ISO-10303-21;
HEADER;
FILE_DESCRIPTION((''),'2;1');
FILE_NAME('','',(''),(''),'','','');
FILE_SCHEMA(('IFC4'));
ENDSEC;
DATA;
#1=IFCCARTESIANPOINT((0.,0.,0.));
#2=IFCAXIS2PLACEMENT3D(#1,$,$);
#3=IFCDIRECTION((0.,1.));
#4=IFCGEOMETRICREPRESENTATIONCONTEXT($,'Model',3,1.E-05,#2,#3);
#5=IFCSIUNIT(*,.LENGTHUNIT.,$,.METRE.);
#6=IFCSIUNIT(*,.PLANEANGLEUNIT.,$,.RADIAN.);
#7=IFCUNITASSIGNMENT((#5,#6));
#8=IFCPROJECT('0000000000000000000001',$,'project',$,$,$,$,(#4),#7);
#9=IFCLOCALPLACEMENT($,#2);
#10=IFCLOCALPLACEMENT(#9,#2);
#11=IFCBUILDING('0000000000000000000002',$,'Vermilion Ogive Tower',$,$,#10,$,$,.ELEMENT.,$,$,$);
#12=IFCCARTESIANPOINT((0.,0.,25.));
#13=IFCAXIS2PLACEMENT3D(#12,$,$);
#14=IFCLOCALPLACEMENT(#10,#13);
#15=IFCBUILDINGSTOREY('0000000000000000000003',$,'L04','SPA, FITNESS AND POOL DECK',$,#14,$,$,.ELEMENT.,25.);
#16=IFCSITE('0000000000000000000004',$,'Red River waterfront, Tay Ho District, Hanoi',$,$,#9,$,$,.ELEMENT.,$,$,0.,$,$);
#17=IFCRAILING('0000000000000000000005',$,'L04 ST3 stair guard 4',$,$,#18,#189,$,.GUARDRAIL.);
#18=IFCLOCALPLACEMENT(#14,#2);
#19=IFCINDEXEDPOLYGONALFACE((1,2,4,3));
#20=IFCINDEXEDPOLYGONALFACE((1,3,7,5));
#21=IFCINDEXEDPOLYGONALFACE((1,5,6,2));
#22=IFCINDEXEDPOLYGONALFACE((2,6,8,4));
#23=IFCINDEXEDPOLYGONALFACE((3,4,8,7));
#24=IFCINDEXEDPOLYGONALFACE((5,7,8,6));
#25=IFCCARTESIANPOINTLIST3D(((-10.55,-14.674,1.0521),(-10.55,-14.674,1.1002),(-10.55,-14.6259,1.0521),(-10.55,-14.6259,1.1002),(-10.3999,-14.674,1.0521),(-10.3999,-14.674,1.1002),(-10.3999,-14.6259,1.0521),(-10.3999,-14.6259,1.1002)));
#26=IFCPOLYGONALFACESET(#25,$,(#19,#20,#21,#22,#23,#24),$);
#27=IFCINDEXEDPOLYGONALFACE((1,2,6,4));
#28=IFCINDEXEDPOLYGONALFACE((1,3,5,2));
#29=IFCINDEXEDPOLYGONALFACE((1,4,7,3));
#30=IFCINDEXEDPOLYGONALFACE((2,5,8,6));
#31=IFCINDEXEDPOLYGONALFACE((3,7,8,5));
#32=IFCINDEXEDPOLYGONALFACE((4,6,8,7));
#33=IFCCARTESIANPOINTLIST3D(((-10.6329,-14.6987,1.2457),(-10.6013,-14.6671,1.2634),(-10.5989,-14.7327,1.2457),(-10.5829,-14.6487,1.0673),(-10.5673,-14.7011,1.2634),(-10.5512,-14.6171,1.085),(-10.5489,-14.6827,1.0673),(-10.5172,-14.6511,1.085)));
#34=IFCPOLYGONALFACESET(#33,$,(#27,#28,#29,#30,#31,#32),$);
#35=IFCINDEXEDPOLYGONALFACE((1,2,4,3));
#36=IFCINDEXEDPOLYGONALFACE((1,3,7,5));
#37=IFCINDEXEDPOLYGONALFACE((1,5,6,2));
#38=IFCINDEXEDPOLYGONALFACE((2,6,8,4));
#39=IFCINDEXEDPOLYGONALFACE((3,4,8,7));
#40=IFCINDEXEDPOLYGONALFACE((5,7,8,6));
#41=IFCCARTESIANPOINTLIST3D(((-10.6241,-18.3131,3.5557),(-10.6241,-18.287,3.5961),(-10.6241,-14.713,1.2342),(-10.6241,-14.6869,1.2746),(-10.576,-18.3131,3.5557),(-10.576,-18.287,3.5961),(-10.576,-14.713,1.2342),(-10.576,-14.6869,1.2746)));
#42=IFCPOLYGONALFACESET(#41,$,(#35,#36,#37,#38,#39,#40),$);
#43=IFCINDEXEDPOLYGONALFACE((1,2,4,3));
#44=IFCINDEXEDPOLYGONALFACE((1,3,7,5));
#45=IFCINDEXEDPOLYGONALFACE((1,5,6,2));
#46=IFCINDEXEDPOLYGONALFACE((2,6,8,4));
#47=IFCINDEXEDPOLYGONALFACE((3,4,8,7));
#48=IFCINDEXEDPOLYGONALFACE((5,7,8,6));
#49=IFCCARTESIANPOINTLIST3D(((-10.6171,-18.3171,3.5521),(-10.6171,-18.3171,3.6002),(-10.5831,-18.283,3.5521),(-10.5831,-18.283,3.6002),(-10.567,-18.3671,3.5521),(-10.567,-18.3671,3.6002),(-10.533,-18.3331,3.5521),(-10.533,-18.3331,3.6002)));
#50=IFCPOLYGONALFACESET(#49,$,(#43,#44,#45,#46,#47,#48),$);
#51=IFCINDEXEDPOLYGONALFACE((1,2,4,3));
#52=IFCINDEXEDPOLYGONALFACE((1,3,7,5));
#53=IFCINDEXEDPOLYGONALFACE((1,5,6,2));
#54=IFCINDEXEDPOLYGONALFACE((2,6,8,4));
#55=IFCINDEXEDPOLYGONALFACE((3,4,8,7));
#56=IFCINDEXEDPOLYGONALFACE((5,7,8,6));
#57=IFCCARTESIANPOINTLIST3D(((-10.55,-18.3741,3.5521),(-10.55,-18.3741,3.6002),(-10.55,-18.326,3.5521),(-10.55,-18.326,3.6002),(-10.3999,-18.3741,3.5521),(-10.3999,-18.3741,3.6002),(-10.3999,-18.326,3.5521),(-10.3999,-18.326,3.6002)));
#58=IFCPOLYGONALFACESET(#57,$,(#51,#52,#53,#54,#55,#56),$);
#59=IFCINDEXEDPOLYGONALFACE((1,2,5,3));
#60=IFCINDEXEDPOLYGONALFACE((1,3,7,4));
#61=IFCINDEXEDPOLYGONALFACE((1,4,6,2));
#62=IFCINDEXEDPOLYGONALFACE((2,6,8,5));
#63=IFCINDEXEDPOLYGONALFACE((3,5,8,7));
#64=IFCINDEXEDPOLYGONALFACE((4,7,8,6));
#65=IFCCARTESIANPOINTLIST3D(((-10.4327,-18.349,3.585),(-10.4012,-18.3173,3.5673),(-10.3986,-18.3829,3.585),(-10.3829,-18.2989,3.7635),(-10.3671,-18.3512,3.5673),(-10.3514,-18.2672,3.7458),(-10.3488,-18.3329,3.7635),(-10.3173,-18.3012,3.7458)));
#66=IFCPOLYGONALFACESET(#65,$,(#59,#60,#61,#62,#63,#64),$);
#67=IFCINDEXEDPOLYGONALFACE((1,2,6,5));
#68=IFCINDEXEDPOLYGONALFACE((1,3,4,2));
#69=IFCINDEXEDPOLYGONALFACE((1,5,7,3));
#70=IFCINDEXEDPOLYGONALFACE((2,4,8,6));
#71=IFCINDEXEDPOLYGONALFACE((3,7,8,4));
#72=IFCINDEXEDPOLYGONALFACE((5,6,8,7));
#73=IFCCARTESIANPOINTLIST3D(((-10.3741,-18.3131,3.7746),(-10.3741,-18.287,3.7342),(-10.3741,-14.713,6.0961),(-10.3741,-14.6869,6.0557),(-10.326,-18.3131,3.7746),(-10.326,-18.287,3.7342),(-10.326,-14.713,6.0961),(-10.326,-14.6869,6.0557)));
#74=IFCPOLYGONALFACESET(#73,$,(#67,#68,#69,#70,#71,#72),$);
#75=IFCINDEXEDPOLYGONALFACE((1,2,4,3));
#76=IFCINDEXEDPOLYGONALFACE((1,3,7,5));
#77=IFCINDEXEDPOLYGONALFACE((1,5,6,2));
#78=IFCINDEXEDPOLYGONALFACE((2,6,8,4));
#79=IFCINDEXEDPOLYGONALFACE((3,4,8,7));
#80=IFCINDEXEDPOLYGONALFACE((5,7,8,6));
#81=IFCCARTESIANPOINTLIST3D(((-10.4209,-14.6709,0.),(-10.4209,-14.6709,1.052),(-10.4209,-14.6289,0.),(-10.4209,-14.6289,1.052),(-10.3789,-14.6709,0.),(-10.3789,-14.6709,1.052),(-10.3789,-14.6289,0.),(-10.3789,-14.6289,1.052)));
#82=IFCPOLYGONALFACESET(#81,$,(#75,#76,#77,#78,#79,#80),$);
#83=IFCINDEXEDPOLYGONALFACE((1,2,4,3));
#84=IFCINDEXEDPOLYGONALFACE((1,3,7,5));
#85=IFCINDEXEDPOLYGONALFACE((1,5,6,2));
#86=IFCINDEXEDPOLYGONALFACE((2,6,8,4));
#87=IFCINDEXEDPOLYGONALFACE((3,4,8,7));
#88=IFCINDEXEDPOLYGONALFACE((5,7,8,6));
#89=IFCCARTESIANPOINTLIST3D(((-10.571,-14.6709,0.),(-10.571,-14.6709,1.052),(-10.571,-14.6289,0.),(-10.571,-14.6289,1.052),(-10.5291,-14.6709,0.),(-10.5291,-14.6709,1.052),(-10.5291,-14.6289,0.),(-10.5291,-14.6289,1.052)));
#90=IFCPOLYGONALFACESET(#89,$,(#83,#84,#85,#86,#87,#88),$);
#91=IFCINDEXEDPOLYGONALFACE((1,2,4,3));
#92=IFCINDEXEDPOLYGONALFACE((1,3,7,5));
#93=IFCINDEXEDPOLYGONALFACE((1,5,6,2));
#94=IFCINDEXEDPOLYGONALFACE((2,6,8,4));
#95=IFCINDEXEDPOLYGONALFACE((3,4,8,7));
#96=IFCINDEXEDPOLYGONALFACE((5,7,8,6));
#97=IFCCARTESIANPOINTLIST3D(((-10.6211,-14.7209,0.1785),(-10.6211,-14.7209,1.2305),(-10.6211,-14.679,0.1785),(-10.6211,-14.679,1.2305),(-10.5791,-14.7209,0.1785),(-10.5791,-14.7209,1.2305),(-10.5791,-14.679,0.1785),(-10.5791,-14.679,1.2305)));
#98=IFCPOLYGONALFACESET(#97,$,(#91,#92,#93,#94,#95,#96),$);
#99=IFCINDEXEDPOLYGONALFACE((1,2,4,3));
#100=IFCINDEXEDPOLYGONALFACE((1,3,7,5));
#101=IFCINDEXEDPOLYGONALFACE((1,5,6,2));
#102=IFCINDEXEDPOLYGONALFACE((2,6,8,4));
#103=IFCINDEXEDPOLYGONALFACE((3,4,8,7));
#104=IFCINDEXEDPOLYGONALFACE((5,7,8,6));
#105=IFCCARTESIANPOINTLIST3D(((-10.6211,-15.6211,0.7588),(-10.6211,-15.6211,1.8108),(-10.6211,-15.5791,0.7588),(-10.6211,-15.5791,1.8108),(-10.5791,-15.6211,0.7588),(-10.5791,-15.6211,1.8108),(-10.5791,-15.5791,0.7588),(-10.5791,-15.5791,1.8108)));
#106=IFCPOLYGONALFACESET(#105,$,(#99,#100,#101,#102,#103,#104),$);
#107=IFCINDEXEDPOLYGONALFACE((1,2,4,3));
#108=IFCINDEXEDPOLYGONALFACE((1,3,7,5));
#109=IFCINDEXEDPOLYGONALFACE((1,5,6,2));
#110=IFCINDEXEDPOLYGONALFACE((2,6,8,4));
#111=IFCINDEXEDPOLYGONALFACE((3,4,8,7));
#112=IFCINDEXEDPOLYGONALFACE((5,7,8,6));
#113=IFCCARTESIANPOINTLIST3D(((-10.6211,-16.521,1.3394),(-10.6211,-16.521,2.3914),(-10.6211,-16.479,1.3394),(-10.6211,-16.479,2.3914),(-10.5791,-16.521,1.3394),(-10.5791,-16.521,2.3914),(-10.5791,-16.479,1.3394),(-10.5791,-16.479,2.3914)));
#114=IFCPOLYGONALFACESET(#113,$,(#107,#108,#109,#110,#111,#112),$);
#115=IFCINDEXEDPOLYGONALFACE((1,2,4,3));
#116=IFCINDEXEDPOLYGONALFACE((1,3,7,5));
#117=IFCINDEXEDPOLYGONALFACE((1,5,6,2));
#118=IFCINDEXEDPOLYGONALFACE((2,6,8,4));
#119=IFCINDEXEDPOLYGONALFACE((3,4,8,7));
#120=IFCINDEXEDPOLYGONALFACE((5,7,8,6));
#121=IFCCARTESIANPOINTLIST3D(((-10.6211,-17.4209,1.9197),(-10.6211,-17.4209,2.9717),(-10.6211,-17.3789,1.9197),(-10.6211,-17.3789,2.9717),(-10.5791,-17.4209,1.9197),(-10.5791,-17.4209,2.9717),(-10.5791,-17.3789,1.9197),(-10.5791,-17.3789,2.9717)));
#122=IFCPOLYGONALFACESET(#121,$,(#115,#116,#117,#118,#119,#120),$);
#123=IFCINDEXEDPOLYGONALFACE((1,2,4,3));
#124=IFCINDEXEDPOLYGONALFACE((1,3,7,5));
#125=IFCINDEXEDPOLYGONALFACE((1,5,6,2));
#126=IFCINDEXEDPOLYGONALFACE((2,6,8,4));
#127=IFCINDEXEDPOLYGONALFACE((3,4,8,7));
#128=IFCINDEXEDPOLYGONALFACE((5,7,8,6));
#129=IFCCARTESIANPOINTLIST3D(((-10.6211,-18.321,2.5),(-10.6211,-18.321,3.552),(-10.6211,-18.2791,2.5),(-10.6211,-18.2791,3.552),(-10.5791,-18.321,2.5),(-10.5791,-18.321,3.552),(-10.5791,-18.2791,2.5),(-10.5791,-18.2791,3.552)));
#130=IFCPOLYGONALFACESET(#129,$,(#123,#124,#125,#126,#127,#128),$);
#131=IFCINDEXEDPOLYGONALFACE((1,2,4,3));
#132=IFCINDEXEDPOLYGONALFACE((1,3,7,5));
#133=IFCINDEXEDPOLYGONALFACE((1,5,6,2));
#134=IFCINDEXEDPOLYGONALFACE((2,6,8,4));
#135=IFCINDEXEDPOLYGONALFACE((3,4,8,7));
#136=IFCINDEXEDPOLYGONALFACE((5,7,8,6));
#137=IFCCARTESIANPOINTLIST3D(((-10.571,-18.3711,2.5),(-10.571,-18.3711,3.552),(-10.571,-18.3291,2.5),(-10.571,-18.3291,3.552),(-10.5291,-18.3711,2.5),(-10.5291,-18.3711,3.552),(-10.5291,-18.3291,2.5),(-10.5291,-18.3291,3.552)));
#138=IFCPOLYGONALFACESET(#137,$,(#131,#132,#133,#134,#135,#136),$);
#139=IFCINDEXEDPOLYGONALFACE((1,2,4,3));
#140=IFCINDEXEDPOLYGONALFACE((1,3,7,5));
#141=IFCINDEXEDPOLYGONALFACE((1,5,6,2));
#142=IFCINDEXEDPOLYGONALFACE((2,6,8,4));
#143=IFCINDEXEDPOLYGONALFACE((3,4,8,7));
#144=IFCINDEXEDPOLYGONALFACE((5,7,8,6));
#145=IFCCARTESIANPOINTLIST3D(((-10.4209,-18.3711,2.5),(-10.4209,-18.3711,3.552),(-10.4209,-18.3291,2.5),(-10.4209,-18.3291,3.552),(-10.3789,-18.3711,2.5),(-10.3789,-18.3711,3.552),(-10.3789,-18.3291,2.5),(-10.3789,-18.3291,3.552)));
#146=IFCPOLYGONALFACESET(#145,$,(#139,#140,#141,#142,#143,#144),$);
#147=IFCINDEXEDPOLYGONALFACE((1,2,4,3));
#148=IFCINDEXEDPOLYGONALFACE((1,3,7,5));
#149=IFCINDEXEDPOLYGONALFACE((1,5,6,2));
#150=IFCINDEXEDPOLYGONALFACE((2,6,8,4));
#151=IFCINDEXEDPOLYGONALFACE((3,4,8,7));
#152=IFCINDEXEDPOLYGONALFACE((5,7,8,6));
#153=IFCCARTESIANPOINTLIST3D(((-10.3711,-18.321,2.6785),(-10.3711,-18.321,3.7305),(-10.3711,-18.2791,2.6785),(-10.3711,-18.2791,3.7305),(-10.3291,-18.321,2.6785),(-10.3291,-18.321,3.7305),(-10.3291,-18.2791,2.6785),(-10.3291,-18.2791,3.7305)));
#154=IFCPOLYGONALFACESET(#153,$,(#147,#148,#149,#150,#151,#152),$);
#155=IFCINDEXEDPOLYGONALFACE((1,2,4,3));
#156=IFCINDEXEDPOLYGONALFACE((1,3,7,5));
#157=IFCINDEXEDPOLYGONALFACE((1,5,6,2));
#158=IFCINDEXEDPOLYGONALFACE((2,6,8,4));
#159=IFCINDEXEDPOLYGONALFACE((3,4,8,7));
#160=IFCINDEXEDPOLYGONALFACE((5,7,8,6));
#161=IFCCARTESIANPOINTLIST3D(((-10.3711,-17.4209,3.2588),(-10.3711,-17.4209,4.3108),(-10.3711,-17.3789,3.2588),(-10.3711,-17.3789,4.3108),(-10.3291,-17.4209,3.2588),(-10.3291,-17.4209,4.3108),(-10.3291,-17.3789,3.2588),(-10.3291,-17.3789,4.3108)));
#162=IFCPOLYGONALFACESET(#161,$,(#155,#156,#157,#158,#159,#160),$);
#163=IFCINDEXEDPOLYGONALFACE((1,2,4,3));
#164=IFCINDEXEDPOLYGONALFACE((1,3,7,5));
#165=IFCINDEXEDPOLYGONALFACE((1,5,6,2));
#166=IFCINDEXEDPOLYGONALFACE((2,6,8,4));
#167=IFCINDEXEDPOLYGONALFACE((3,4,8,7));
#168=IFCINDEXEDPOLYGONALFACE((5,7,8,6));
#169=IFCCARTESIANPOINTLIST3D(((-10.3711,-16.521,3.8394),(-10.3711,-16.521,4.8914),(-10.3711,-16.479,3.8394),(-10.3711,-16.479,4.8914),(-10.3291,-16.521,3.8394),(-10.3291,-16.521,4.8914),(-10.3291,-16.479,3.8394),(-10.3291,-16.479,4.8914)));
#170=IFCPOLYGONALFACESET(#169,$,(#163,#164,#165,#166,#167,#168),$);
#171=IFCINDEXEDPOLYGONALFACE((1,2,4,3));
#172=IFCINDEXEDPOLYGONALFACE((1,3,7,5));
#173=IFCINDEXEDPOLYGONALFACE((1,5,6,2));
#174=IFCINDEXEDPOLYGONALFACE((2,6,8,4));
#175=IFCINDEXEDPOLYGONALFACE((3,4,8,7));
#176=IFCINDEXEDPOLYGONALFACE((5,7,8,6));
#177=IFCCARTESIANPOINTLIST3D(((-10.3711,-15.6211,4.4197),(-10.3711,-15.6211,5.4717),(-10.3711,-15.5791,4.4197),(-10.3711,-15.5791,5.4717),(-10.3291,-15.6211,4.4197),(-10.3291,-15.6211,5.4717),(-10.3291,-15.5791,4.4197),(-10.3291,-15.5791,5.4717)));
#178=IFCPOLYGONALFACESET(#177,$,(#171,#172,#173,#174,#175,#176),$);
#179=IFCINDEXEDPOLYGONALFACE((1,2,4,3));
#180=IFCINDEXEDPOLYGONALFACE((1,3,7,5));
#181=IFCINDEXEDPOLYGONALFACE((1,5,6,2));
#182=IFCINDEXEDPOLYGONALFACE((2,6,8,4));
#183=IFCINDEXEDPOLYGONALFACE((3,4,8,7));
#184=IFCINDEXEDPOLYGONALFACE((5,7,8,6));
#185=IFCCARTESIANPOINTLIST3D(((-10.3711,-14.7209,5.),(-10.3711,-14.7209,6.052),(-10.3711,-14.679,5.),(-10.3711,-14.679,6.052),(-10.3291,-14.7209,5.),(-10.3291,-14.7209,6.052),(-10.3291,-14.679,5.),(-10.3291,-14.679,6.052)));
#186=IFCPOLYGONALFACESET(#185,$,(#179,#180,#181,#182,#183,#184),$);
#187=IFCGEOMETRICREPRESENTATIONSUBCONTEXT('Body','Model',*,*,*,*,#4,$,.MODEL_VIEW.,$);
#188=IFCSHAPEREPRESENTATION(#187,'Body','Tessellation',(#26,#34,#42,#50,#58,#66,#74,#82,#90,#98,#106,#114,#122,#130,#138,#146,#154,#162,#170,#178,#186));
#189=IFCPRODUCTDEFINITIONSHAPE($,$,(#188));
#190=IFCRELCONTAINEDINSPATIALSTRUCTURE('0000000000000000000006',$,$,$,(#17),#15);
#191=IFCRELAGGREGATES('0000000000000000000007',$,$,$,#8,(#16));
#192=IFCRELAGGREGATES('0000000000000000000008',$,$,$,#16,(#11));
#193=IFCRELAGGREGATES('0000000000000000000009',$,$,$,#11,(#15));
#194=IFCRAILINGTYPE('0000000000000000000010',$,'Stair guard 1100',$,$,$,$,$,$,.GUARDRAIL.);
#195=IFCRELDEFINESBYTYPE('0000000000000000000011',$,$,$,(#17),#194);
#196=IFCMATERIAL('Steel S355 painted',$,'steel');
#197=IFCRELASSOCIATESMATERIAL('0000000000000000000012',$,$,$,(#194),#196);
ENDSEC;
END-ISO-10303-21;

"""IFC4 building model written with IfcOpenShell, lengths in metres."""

from ifc_helpers import new_model, si_unit, direction, frame, origin, origin_2d, place, context, subcontext, project, spatial, rectangle, extrude, material, type_object, element, save


model = new_model("IFC4")

# Units and contexts
model_context = context("Model", 3, precision=1e-05, world=origin(), true_north=direction((0.0, 1.0)))
body_context = subcontext(model_context, "Body", "Model", "MODEL_VIEW")
ifc_project = project(units=[si_unit("LENGTHUNIT", "METRE"), si_unit("PLANEANGLEUNIT", "RADIAN")], contexts=[model_context])

# Site, building, storey
site_placement = place(None, origin())
site = spatial("IfcSite", under=ifc_project, at=site_placement, Name="Red River waterfront, Tay Ho District, Hanoi", CompositionType="ELEMENT", RefElevation=0.0)
building_placement = place(site_placement, origin())
building = spatial("IfcBuilding", under=site, at=building_placement, Name="Vermilion Ogive Tower", CompositionType="ELEMENT")
storey_placement = place(building_placement, frame((0.0, 0.0, 25.0)))
storey = spatial("IfcBuildingStorey", under=building, at=storey_placement, Name="L04", Description="SPA, FITNESS AND POOL DECK", CompositionType="ELEMENT", Elevation=25.0)

# Railing
ifc_material_1 = material(Name="Steel S355 painted", Category="steel")
railing_type_1 = type_object("IfcRailingType", Name="Stair guard 1100", PredefinedType="GUARDRAIL", material=ifc_material_1)
railing_1_placement = place(storey_placement, frame((-10.3999, -14.6499, 0.0)))
element("IfcRailing", 1, at=railing_1_placement, inside=storey, type_object=railing_type_1, Name="L04 ST3 stair guard 4", PredefinedType="GUARDRAIL", context=body_context, shape_type="SweptSolid", body=[
    extrude(rectangle(XDim=0.0481, YDim=0.0481, at=origin_2d()), frame((0.0, 0.0, 1.0762), z_axis=(-1.0, 0.0, 0.0), x_axis=(0.0, -1.0, 0.0)), (0.0, 0.0, 1.0), 0.1501),
    extrude(rectangle(XDim=0.0481, YDim=0.0481, at=origin_2d()), frame((-0.1501, 0.0, 1.0762), z_axis=(-0.260685, -0.260685, 0.929563), x_axis=(0.707107, -0.707107, 0.0)), (0.0, 0.0, 1.0), 0.1919),
    extrude(rectangle(XDim=0.0481, YDim=0.0481, at=origin_2d()), frame((-0.2002, -0.05, 1.2544), z_axis=(0.0, -0.840415, 0.541944), x_axis=(1.0, 0.0, 0.0)), (0.0, 0.0, 1.0), 4.2837),
    extrude(rectangle(XDim=0.0481, YDim=0.0481, at=origin_2d()), frame((-0.2002, -3.6501, 3.5762), z_axis=(0.707107, -0.707107, 0.0), x_axis=(0.707107, 0.707107, 0.0)), (0.0, 0.0, 1.0), 0.0708),
    extrude(rectangle(XDim=0.0481, YDim=0.0481, at=origin_2d()), frame((-0.1501, -3.7002, 3.5762), z_axis=(1.0, 0.0, 0.0), x_axis=(0.0, 1.0, 0.0)), (0.0, 0.0, 1.0), 0.1501),
    extrude(rectangle(XDim=0.0481, YDim=0.0481, at=origin_2d()), frame((0.0, -3.7002, 3.5762), z_axis=(0.259499, 0.260771, 0.92987), x_axis=(-0.708834, 0.705376, 0.0)), (0.0, 0.0, 1.0), 0.1919),
    extrude(rectangle(XDim=0.0481, YDim=0.0481, at=origin_2d()), frame((0.0498, -3.6501, 3.7544), z_axis=(0.0, 0.840415, 0.541944), x_axis=(-1.0, 0.0, 0.0)), (0.0, 0.0, 1.0), 4.2837),
    extrude(rectangle(XDim=0.042, YDim=0.042, at=origin_2d()), origin(), (0.0, 0.0, 1.0), 1.052),
    extrude(rectangle(XDim=0.042, YDim=0.042, at=origin_2d()), frame((-0.1501, 0.0, 0.0)), (0.0, 0.0, 1.0), 1.052),
    extrude(rectangle(XDim=0.042, YDim=0.042, at=origin_2d()), frame((-0.2002, -0.05, 0.1785)), (0.0, 0.0, 1.0), 1.052),
    extrude(rectangle(XDim=0.042, YDim=0.042, at=origin_2d()), frame((-0.2002, -0.9502, 0.7588)), (0.0, 0.0, 1.0), 1.052),
    extrude(rectangle(XDim=0.042, YDim=0.042, at=origin_2d()), frame((-0.2002, -1.8501, 1.3394)), (0.0, 0.0, 1.0), 1.052),
    extrude(rectangle(XDim=0.042, YDim=0.042, at=origin_2d()), frame((-0.2002, -2.75, 1.9197)), (0.0, 0.0, 1.0), 1.052),
    extrude(rectangle(XDim=0.042, YDim=0.042, at=origin_2d()), frame((-0.2002, -3.6501, 2.5)), (0.0, 0.0, 1.0), 1.052),
    extrude(rectangle(XDim=0.042, YDim=0.042, at=origin_2d()), frame((-0.1501, -3.7002, 2.5)), (0.0, 0.0, 1.0), 1.052),
    extrude(rectangle(XDim=0.042, YDim=0.042, at=origin_2d()), frame((0.0, -3.7002, 2.5)), (0.0, 0.0, 1.0), 1.052),
    extrude(rectangle(XDim=0.042, YDim=0.042, at=origin_2d()), frame((0.0498, -3.6501, 2.6785)), (0.0, 0.0, 1.0), 1.052),
    extrude(rectangle(XDim=0.042, YDim=0.042, at=origin_2d()), frame((0.0498, -2.75, 3.2588)), (0.0, 0.0, 1.0), 1.052),
    extrude(rectangle(XDim=0.042, YDim=0.042, at=origin_2d()), frame((0.0498, -1.8501, 3.8394)), (0.0, 0.0, 1.0), 1.052),
    extrude(rectangle(XDim=0.042, YDim=0.042, at=origin_2d()), frame((0.0498, -0.9502, 4.4197)), (0.0, 0.0, 1.0), 1.052),
    extrude(rectangle(XDim=0.042, YDim=0.042, at=origin_2d()), frame((0.0498, -0.05, 5.0)), (0.0, 0.0, 1.0), 1.052),
])

save(model, "model.ifc")
